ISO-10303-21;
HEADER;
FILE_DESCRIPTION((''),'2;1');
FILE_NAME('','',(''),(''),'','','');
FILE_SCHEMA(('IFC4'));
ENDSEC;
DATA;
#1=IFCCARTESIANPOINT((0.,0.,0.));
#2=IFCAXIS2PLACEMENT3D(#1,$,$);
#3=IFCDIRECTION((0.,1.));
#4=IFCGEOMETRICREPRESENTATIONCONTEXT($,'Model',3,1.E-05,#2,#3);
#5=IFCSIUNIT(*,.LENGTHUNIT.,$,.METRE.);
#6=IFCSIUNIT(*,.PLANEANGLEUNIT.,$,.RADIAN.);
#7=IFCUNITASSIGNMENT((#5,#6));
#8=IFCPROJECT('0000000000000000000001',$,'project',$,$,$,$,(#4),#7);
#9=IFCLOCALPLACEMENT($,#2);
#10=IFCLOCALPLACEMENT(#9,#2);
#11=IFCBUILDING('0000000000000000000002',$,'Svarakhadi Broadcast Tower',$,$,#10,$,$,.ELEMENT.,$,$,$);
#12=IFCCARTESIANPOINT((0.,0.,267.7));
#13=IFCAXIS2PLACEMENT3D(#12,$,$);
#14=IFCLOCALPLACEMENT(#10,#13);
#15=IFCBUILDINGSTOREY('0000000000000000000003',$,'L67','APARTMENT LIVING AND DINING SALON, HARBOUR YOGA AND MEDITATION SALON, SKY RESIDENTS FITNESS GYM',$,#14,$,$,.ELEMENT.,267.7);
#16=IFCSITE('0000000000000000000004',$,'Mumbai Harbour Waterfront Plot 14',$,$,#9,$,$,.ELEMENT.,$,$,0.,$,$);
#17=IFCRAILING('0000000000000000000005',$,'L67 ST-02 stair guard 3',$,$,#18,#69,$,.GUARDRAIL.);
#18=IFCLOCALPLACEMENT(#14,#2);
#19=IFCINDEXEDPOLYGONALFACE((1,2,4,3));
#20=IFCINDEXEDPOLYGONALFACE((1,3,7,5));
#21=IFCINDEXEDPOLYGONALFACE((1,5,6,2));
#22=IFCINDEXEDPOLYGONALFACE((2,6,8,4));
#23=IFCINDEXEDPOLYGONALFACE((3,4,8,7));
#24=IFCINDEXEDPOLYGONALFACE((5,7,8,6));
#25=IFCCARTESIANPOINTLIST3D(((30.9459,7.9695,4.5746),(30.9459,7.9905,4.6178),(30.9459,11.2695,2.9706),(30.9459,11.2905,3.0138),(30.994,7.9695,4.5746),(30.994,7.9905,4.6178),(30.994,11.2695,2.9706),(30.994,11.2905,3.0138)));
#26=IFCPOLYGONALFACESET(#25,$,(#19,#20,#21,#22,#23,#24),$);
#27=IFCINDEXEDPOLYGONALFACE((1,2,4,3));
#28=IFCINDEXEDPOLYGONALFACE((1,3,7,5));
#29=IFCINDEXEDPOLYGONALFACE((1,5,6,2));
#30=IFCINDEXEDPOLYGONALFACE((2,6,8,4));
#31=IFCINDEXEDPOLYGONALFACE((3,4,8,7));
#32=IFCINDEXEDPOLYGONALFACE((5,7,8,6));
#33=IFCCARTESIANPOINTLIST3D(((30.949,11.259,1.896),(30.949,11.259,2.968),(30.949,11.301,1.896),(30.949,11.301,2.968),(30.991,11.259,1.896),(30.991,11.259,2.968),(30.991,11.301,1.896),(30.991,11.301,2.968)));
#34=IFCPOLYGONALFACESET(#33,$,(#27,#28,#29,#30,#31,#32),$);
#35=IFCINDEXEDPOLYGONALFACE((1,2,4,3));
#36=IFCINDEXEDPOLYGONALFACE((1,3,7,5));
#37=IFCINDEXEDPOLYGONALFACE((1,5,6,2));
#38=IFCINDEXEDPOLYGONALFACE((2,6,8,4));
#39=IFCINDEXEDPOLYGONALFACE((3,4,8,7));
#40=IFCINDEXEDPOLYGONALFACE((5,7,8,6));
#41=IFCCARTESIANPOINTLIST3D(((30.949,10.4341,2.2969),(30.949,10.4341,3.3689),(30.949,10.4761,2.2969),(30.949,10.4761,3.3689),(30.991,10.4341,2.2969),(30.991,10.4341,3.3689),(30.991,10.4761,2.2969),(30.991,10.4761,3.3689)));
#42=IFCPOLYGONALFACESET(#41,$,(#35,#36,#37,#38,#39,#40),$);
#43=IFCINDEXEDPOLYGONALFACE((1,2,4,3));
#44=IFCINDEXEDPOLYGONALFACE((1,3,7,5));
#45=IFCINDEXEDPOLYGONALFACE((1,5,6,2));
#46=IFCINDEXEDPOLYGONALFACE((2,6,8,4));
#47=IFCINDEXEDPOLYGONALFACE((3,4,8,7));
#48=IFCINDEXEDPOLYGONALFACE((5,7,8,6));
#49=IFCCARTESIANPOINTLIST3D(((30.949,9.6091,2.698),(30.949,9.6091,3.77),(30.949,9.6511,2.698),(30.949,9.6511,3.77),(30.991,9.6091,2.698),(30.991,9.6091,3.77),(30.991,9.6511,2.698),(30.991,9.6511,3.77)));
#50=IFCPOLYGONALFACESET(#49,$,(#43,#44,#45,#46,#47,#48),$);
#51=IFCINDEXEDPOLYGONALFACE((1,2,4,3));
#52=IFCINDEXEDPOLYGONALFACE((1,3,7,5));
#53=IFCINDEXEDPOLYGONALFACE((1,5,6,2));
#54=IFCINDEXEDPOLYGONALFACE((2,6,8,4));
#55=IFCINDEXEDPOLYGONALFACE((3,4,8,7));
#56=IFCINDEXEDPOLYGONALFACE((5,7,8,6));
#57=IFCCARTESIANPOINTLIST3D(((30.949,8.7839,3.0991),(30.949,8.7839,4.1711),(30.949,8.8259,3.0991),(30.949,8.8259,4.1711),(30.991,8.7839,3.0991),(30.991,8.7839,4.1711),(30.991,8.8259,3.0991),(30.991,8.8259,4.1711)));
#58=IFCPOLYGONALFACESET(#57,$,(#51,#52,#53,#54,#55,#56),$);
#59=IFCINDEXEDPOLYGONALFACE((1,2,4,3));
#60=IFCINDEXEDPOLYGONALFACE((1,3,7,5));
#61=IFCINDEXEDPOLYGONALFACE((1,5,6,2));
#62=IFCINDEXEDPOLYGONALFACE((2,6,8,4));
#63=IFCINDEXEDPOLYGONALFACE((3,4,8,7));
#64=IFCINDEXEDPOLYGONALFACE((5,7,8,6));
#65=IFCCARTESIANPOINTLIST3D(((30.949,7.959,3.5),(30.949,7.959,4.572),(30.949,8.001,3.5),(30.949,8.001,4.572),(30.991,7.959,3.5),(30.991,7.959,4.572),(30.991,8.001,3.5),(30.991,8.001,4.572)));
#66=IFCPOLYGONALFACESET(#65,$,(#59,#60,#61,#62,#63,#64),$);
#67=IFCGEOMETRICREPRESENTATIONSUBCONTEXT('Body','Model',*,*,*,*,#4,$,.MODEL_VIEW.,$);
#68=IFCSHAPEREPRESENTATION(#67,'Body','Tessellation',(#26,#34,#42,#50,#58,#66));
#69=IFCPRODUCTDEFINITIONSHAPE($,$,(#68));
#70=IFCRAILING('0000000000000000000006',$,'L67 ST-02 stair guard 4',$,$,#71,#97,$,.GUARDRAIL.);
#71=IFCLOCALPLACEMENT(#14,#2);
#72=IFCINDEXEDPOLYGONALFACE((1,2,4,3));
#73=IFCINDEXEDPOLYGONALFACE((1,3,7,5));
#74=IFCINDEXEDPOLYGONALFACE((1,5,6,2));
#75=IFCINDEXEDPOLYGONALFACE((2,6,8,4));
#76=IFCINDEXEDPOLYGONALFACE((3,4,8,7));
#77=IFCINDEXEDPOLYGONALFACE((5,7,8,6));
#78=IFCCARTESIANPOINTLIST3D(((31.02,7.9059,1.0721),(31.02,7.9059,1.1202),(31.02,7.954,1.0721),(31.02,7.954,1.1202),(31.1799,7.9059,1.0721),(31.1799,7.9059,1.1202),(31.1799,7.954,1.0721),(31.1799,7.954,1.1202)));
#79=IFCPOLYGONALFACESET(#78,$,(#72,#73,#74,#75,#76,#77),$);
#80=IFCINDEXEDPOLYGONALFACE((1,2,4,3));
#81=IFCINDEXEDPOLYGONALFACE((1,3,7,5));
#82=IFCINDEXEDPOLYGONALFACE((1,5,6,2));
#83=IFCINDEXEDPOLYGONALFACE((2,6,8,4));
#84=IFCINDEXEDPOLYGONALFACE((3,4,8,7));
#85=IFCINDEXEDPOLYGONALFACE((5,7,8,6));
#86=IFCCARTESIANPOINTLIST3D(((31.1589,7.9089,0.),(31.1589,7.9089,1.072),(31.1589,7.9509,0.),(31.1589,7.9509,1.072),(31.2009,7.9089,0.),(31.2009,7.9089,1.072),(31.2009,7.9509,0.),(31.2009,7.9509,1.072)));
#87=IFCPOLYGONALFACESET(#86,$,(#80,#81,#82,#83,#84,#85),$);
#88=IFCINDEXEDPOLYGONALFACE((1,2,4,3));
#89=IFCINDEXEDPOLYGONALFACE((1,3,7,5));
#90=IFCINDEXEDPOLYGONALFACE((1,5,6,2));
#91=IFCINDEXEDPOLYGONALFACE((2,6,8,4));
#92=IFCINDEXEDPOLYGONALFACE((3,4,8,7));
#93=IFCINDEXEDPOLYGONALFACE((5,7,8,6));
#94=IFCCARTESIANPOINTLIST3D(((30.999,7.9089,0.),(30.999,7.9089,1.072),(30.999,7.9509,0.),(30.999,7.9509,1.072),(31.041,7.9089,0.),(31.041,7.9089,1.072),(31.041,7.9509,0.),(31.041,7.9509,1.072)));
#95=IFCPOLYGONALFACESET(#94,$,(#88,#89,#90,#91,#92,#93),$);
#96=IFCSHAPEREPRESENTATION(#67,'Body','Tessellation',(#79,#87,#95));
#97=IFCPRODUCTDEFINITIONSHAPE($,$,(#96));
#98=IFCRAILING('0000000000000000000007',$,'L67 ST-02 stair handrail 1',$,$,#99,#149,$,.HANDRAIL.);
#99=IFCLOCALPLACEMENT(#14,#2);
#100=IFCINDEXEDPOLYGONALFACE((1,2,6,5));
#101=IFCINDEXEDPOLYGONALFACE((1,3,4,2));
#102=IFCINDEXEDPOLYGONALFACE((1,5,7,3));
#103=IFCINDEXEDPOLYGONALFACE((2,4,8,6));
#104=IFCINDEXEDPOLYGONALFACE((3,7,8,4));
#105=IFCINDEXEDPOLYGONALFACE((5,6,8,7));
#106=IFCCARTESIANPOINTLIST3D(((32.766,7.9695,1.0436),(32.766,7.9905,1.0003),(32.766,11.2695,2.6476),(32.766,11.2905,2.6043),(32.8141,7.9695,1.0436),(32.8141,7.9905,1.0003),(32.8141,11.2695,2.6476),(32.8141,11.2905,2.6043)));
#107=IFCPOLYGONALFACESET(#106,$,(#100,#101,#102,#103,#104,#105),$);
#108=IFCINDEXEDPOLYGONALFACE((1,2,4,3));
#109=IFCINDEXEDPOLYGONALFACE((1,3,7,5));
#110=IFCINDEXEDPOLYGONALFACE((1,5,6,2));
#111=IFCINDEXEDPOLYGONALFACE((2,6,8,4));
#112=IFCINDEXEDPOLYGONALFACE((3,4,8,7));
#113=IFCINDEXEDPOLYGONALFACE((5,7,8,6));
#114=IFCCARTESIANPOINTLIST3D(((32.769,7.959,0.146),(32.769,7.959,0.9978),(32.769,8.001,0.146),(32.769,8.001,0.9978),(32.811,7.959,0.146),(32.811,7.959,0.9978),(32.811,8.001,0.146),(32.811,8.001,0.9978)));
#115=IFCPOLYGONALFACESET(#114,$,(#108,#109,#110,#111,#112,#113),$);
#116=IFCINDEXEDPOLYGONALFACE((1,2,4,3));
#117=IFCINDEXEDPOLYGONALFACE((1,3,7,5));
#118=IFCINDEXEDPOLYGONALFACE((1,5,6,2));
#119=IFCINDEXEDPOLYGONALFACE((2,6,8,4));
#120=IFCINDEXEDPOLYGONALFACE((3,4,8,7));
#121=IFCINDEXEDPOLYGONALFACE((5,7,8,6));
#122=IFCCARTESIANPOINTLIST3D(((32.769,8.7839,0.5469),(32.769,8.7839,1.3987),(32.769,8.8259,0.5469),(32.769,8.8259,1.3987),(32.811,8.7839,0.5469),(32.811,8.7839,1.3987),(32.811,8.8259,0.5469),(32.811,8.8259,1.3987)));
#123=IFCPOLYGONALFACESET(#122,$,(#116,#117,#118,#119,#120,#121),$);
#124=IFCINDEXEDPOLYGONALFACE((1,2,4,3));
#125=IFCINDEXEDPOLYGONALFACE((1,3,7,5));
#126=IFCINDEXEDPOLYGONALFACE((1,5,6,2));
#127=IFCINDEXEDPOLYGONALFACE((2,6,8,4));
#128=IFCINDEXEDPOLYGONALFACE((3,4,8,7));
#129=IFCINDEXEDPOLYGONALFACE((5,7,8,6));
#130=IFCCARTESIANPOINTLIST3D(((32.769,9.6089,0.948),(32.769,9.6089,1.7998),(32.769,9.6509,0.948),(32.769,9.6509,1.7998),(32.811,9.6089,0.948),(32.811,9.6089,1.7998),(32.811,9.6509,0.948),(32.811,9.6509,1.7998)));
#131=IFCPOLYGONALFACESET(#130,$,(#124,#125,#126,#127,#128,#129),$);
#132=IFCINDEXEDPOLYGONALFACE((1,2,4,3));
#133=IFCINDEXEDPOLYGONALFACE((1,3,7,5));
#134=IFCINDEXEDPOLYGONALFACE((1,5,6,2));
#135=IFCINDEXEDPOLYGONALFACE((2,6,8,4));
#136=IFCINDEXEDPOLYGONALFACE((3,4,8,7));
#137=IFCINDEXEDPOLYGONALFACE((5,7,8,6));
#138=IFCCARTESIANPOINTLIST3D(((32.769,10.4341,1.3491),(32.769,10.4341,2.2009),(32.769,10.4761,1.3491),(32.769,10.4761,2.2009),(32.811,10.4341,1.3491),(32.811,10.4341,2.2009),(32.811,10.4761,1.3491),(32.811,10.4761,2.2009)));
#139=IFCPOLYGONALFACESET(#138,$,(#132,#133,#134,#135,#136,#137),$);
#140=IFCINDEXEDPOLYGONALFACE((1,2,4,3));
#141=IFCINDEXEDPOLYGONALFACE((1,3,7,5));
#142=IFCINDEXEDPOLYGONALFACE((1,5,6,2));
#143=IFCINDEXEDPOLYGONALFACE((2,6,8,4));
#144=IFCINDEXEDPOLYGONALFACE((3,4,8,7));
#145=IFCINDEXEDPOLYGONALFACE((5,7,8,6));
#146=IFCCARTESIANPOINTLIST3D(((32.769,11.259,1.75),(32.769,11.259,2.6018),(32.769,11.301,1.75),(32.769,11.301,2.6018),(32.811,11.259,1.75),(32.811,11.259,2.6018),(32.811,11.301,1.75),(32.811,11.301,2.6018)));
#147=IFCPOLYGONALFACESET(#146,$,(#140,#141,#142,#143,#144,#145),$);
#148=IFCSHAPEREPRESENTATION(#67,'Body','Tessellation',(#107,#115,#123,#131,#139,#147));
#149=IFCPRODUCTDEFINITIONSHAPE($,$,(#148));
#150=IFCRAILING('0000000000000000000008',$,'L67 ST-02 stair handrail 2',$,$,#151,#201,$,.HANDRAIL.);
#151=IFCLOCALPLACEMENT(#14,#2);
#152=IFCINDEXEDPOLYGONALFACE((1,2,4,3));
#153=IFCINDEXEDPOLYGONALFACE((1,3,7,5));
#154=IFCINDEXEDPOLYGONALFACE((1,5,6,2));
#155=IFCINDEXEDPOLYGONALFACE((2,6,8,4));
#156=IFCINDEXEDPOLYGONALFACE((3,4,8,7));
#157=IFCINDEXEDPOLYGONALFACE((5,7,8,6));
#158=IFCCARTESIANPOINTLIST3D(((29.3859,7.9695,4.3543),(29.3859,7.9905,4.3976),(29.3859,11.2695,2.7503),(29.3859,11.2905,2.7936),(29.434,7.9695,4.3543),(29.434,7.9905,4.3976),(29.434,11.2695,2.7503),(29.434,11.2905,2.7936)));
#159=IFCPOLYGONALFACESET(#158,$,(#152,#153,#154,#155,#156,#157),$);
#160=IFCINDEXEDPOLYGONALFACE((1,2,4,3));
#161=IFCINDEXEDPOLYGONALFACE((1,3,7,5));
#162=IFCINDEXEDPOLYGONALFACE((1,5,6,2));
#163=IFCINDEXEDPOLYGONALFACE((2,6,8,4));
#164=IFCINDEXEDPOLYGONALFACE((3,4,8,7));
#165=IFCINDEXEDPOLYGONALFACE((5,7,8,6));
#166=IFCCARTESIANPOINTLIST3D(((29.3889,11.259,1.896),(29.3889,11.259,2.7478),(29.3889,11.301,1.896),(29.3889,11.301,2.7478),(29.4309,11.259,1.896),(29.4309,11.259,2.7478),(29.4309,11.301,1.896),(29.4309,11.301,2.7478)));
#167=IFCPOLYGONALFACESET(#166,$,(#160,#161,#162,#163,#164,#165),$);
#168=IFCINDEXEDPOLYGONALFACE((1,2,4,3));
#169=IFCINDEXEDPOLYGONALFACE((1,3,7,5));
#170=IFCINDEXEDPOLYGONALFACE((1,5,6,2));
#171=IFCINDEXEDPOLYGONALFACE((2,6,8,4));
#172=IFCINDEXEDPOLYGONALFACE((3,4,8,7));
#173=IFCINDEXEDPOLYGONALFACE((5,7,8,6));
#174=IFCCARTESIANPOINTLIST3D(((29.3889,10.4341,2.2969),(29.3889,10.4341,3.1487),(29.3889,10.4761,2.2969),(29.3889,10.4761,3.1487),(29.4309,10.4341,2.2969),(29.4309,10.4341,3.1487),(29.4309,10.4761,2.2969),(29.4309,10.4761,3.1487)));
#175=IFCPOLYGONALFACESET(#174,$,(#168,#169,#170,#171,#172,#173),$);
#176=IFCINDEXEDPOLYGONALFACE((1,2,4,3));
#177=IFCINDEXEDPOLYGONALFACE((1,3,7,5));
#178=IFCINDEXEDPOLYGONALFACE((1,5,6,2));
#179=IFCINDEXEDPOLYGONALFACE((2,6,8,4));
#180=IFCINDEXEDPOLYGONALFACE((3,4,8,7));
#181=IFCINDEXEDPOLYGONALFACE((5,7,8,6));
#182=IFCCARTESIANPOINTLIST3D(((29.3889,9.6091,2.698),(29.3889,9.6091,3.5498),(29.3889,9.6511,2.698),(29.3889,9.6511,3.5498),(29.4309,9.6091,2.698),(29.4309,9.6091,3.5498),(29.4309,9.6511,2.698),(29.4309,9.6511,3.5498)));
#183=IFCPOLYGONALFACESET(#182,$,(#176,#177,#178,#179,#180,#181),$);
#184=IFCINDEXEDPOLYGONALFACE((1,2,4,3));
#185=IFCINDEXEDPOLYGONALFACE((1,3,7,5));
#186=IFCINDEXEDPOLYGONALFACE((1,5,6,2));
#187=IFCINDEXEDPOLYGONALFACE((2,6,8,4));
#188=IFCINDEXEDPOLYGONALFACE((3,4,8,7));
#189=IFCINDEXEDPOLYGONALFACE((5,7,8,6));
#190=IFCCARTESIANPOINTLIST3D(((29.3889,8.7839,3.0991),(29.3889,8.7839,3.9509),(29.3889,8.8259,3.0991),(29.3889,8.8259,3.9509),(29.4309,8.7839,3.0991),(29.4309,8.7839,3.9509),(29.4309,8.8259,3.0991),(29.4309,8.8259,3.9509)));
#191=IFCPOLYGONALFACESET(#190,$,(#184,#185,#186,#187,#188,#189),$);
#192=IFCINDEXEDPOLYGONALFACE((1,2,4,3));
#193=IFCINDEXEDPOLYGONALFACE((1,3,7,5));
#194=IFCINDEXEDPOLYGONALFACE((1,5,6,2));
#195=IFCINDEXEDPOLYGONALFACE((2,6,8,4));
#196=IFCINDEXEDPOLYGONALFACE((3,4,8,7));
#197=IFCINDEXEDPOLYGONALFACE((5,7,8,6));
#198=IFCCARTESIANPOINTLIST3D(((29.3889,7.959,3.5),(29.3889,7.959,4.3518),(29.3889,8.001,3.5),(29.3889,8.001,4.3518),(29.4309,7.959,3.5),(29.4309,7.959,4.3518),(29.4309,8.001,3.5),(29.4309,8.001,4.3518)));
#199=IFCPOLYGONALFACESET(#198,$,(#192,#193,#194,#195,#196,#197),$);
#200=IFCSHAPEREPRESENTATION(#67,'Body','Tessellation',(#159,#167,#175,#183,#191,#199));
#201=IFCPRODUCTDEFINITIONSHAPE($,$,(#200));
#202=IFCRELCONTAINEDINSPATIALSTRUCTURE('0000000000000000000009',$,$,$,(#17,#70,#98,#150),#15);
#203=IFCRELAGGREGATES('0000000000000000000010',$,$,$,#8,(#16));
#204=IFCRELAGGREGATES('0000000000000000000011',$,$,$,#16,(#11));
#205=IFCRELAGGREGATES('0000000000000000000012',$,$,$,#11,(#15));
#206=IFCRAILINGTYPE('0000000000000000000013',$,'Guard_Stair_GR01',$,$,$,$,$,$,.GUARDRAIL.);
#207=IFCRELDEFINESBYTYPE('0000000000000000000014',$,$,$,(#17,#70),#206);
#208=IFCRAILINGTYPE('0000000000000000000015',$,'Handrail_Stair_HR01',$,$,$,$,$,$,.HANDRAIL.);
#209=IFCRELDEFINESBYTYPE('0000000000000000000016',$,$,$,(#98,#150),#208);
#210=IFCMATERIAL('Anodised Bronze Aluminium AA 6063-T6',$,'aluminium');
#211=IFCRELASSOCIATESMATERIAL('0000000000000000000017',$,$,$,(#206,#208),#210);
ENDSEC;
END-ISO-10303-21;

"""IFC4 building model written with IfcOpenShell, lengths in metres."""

from ifc_helpers import new_model, si_unit, direction, frame, origin, origin_2d, place, context, subcontext, project, spatial, rectangle, extrude, material, type_object, element, save


model = new_model("IFC4")

# Units and contexts
model_context = context("Model", 3, precision=1e-05, world=origin(), true_north=direction((0.0, 1.0)))
body_context = subcontext(model_context, "Body", "Model", "MODEL_VIEW")
ifc_project = project(units=[si_unit("LENGTHUNIT", "METRE"), si_unit("PLANEANGLEUNIT", "RADIAN")], contexts=[model_context])

# Site, building, storey
site_placement = place(None, origin())
site = spatial("IfcSite", under=ifc_project, at=site_placement, Name="Mumbai Harbour Waterfront Plot 14", CompositionType="ELEMENT", RefElevation=0.0)
building_placement = place(site_placement, origin())
building = spatial("IfcBuilding", under=site, at=building_placement, Name="Svarakhadi Broadcast Tower", CompositionType="ELEMENT")
storey_placement = place(building_placement, frame((0.0, 0.0, 267.7)))
storey = spatial("IfcBuildingStorey", under=building, at=storey_placement, Name="L67", Description="APARTMENT LIVING AND DINING SALON, HARBOUR YOGA AND MEDITATION SALON, SKY RESIDENTS FITNESS GYM", CompositionType="ELEMENT", Elevation=267.7)

# Shared definitions
ifc_material_1 = material(Name="Anodised Bronze Aluminium AA 6063-T6", Category="aluminium")

# Railings
railing_type_1 = type_object("IfcRailingType", Name="Guard_Stair_GR01", PredefinedType="GUARDRAIL", material=ifc_material_1)
railing_1_placement = place(storey_placement, frame((30.97, 11.28, 1.896)))
element("IfcRailing", 1, at=railing_1_placement, inside=storey, type_object=railing_type_1, Name="L67 ST-02 stair guard 3", PredefinedType="GUARDRAIL", context=body_context, shape_type="SweptSolid", body=[
    extrude(rectangle(XDim=0.0481, YDim=0.0481, at=origin_2d()), frame((0.0, 0.0, 1.0962), z_axis=(0.0, -0.899388, 0.437152), x_axis=(1.0, 0.0, 0.0)), (0.0, 0.0, 1.0), 3.6692),
    extrude(rectangle(XDim=0.042, YDim=0.042, at=origin_2d()), origin(), (0.0, 0.0, 1.0), 1.072),
    extrude(rectangle(XDim=0.042, YDim=0.042, at=origin_2d()), frame((0.0, -0.825, 0.4009)), (0.0, 0.0, 1.0), 1.072),
    extrude(rectangle(XDim=0.042, YDim=0.042, at=origin_2d()), frame((0.0, -1.6499, 0.802)), (0.0, 0.0, 1.0), 1.072),
    extrude(rectangle(XDim=0.042, YDim=0.042, at=origin_2d()), frame((0.0, -2.4751, 1.2031)), (0.0, 0.0, 1.0), 1.072),
    extrude(rectangle(XDim=0.042, YDim=0.042, at=origin_2d()), frame((0.0, -3.3, 1.604)), (0.0, 0.0, 1.0), 1.072),
])
railing_2_placement = place(storey_placement, frame((31.1799, 7.9299, 0.0)))
element("IfcRailing", 2, at=railing_2_placement, inside=storey, type_object=railing_type_1, Name="L67 ST-02 stair guard 4", PredefinedType="GUARDRAIL", context=body_context, shape_type="SweptSolid", body=[
    extrude(rectangle(XDim=0.0481, YDim=0.0481, at=origin_2d()), frame((0.0, 0.0, 1.0962), z_axis=(-1.0, 0.0, 0.0), x_axis=(0.0, -1.0, 0.0)), (0.0, 0.0, 1.0), 0.1599),
    extrude(rectangle(XDim=0.042, YDim=0.042, at=origin_2d()), origin(), (0.0, 0.0, 1.0), 1.072),
    extrude(rectangle(XDim=0.042, YDim=0.042, at=origin_2d()), frame((-0.1599, 0.0, 0.0)), (0.0, 0.0, 1.0), 1.072),
])
railing_type_2 = type_object("IfcRailingType", Name="Handrail_Stair_HR01", PredefinedType="HANDRAIL", material=ifc_material_1)
railing_3_placement = place(storey_placement, frame((32.79, 7.98, 0.146)))
element("IfcRailing", 3, at=railing_3_placement, inside=storey, type_object=railing_type_2, Name="L67 ST-02 stair handrail 1", PredefinedType="HANDRAIL", context=body_context, shape_type="SweptSolid", body=[
    extrude(rectangle(XDim=0.0481, YDim=0.0481, at=origin_2d()), frame((0.0, 0.0, 0.876), z_axis=(0.0, 0.899388, 0.437152), x_axis=(-1.0, 0.0, 0.0)), (0.0, 0.0, 1.0), 3.6692),
    extrude(rectangle(XDim=0.042, YDim=0.042, at=origin_2d()), origin(), (0.0, 0.0, 1.0), 0.8518),
    extrude(rectangle(XDim=0.042, YDim=0.042, at=origin_2d()), frame((0.0, 0.825, 0.4009)), (0.0, 0.0, 1.0), 0.8518),
    extrude(rectangle(XDim=0.042, YDim=0.042, at=origin_2d()), frame((0.0, 1.6499, 0.802)), (0.0, 0.0, 1.0), 0.8518),
    extrude(rectangle(XDim=0.042, YDim=0.042, at=origin_2d()), frame((0.0, 2.4751, 1.2031)), (0.0, 0.0, 1.0), 0.8518),
    extrude(rectangle(XDim=0.042, YDim=0.042, at=origin_2d()), frame((0.0, 3.3, 1.604)), (0.0, 0.0, 1.0), 0.8518),
])
railing_4_placement = place(storey_placement, frame((29.4099, 11.28, 1.896)))
element("IfcRailing", 4, at=railing_4_placement, inside=storey, type_object=railing_type_2, Name="L67 ST-02 stair handrail 2", PredefinedType="HANDRAIL", context=body_context, shape_type="SweptSolid", body=[
    extrude(rectangle(XDim=0.0481, YDim=0.0481, at=origin_2d()), frame((0.0, 0.0, 0.876), z_axis=(0.0, -0.899388, 0.437152), x_axis=(1.0, 0.0, 0.0)), (0.0, 0.0, 1.0), 3.6692),
    extrude(rectangle(XDim=0.042, YDim=0.042, at=origin_2d()), origin(), (0.0, 0.0, 1.0), 0.8518),
    extrude(rectangle(XDim=0.042, YDim=0.042, at=origin_2d()), frame((0.0, -0.825, 0.4009)), (0.0, 0.0, 1.0), 0.8518),
    extrude(rectangle(XDim=0.042, YDim=0.042, at=origin_2d()), frame((0.0, -1.6499, 0.802)), (0.0, 0.0, 1.0), 0.8518),
    extrude(rectangle(XDim=0.042, YDim=0.042, at=origin_2d()), frame((0.0, -2.4751, 1.2031)), (0.0, 0.0, 1.0), 0.8518),
    extrude(rectangle(XDim=0.042, YDim=0.042, at=origin_2d()), frame((0.0, -3.3, 1.604)), (0.0, 0.0, 1.0), 0.8518),
])

save(model, "model.ifc")
